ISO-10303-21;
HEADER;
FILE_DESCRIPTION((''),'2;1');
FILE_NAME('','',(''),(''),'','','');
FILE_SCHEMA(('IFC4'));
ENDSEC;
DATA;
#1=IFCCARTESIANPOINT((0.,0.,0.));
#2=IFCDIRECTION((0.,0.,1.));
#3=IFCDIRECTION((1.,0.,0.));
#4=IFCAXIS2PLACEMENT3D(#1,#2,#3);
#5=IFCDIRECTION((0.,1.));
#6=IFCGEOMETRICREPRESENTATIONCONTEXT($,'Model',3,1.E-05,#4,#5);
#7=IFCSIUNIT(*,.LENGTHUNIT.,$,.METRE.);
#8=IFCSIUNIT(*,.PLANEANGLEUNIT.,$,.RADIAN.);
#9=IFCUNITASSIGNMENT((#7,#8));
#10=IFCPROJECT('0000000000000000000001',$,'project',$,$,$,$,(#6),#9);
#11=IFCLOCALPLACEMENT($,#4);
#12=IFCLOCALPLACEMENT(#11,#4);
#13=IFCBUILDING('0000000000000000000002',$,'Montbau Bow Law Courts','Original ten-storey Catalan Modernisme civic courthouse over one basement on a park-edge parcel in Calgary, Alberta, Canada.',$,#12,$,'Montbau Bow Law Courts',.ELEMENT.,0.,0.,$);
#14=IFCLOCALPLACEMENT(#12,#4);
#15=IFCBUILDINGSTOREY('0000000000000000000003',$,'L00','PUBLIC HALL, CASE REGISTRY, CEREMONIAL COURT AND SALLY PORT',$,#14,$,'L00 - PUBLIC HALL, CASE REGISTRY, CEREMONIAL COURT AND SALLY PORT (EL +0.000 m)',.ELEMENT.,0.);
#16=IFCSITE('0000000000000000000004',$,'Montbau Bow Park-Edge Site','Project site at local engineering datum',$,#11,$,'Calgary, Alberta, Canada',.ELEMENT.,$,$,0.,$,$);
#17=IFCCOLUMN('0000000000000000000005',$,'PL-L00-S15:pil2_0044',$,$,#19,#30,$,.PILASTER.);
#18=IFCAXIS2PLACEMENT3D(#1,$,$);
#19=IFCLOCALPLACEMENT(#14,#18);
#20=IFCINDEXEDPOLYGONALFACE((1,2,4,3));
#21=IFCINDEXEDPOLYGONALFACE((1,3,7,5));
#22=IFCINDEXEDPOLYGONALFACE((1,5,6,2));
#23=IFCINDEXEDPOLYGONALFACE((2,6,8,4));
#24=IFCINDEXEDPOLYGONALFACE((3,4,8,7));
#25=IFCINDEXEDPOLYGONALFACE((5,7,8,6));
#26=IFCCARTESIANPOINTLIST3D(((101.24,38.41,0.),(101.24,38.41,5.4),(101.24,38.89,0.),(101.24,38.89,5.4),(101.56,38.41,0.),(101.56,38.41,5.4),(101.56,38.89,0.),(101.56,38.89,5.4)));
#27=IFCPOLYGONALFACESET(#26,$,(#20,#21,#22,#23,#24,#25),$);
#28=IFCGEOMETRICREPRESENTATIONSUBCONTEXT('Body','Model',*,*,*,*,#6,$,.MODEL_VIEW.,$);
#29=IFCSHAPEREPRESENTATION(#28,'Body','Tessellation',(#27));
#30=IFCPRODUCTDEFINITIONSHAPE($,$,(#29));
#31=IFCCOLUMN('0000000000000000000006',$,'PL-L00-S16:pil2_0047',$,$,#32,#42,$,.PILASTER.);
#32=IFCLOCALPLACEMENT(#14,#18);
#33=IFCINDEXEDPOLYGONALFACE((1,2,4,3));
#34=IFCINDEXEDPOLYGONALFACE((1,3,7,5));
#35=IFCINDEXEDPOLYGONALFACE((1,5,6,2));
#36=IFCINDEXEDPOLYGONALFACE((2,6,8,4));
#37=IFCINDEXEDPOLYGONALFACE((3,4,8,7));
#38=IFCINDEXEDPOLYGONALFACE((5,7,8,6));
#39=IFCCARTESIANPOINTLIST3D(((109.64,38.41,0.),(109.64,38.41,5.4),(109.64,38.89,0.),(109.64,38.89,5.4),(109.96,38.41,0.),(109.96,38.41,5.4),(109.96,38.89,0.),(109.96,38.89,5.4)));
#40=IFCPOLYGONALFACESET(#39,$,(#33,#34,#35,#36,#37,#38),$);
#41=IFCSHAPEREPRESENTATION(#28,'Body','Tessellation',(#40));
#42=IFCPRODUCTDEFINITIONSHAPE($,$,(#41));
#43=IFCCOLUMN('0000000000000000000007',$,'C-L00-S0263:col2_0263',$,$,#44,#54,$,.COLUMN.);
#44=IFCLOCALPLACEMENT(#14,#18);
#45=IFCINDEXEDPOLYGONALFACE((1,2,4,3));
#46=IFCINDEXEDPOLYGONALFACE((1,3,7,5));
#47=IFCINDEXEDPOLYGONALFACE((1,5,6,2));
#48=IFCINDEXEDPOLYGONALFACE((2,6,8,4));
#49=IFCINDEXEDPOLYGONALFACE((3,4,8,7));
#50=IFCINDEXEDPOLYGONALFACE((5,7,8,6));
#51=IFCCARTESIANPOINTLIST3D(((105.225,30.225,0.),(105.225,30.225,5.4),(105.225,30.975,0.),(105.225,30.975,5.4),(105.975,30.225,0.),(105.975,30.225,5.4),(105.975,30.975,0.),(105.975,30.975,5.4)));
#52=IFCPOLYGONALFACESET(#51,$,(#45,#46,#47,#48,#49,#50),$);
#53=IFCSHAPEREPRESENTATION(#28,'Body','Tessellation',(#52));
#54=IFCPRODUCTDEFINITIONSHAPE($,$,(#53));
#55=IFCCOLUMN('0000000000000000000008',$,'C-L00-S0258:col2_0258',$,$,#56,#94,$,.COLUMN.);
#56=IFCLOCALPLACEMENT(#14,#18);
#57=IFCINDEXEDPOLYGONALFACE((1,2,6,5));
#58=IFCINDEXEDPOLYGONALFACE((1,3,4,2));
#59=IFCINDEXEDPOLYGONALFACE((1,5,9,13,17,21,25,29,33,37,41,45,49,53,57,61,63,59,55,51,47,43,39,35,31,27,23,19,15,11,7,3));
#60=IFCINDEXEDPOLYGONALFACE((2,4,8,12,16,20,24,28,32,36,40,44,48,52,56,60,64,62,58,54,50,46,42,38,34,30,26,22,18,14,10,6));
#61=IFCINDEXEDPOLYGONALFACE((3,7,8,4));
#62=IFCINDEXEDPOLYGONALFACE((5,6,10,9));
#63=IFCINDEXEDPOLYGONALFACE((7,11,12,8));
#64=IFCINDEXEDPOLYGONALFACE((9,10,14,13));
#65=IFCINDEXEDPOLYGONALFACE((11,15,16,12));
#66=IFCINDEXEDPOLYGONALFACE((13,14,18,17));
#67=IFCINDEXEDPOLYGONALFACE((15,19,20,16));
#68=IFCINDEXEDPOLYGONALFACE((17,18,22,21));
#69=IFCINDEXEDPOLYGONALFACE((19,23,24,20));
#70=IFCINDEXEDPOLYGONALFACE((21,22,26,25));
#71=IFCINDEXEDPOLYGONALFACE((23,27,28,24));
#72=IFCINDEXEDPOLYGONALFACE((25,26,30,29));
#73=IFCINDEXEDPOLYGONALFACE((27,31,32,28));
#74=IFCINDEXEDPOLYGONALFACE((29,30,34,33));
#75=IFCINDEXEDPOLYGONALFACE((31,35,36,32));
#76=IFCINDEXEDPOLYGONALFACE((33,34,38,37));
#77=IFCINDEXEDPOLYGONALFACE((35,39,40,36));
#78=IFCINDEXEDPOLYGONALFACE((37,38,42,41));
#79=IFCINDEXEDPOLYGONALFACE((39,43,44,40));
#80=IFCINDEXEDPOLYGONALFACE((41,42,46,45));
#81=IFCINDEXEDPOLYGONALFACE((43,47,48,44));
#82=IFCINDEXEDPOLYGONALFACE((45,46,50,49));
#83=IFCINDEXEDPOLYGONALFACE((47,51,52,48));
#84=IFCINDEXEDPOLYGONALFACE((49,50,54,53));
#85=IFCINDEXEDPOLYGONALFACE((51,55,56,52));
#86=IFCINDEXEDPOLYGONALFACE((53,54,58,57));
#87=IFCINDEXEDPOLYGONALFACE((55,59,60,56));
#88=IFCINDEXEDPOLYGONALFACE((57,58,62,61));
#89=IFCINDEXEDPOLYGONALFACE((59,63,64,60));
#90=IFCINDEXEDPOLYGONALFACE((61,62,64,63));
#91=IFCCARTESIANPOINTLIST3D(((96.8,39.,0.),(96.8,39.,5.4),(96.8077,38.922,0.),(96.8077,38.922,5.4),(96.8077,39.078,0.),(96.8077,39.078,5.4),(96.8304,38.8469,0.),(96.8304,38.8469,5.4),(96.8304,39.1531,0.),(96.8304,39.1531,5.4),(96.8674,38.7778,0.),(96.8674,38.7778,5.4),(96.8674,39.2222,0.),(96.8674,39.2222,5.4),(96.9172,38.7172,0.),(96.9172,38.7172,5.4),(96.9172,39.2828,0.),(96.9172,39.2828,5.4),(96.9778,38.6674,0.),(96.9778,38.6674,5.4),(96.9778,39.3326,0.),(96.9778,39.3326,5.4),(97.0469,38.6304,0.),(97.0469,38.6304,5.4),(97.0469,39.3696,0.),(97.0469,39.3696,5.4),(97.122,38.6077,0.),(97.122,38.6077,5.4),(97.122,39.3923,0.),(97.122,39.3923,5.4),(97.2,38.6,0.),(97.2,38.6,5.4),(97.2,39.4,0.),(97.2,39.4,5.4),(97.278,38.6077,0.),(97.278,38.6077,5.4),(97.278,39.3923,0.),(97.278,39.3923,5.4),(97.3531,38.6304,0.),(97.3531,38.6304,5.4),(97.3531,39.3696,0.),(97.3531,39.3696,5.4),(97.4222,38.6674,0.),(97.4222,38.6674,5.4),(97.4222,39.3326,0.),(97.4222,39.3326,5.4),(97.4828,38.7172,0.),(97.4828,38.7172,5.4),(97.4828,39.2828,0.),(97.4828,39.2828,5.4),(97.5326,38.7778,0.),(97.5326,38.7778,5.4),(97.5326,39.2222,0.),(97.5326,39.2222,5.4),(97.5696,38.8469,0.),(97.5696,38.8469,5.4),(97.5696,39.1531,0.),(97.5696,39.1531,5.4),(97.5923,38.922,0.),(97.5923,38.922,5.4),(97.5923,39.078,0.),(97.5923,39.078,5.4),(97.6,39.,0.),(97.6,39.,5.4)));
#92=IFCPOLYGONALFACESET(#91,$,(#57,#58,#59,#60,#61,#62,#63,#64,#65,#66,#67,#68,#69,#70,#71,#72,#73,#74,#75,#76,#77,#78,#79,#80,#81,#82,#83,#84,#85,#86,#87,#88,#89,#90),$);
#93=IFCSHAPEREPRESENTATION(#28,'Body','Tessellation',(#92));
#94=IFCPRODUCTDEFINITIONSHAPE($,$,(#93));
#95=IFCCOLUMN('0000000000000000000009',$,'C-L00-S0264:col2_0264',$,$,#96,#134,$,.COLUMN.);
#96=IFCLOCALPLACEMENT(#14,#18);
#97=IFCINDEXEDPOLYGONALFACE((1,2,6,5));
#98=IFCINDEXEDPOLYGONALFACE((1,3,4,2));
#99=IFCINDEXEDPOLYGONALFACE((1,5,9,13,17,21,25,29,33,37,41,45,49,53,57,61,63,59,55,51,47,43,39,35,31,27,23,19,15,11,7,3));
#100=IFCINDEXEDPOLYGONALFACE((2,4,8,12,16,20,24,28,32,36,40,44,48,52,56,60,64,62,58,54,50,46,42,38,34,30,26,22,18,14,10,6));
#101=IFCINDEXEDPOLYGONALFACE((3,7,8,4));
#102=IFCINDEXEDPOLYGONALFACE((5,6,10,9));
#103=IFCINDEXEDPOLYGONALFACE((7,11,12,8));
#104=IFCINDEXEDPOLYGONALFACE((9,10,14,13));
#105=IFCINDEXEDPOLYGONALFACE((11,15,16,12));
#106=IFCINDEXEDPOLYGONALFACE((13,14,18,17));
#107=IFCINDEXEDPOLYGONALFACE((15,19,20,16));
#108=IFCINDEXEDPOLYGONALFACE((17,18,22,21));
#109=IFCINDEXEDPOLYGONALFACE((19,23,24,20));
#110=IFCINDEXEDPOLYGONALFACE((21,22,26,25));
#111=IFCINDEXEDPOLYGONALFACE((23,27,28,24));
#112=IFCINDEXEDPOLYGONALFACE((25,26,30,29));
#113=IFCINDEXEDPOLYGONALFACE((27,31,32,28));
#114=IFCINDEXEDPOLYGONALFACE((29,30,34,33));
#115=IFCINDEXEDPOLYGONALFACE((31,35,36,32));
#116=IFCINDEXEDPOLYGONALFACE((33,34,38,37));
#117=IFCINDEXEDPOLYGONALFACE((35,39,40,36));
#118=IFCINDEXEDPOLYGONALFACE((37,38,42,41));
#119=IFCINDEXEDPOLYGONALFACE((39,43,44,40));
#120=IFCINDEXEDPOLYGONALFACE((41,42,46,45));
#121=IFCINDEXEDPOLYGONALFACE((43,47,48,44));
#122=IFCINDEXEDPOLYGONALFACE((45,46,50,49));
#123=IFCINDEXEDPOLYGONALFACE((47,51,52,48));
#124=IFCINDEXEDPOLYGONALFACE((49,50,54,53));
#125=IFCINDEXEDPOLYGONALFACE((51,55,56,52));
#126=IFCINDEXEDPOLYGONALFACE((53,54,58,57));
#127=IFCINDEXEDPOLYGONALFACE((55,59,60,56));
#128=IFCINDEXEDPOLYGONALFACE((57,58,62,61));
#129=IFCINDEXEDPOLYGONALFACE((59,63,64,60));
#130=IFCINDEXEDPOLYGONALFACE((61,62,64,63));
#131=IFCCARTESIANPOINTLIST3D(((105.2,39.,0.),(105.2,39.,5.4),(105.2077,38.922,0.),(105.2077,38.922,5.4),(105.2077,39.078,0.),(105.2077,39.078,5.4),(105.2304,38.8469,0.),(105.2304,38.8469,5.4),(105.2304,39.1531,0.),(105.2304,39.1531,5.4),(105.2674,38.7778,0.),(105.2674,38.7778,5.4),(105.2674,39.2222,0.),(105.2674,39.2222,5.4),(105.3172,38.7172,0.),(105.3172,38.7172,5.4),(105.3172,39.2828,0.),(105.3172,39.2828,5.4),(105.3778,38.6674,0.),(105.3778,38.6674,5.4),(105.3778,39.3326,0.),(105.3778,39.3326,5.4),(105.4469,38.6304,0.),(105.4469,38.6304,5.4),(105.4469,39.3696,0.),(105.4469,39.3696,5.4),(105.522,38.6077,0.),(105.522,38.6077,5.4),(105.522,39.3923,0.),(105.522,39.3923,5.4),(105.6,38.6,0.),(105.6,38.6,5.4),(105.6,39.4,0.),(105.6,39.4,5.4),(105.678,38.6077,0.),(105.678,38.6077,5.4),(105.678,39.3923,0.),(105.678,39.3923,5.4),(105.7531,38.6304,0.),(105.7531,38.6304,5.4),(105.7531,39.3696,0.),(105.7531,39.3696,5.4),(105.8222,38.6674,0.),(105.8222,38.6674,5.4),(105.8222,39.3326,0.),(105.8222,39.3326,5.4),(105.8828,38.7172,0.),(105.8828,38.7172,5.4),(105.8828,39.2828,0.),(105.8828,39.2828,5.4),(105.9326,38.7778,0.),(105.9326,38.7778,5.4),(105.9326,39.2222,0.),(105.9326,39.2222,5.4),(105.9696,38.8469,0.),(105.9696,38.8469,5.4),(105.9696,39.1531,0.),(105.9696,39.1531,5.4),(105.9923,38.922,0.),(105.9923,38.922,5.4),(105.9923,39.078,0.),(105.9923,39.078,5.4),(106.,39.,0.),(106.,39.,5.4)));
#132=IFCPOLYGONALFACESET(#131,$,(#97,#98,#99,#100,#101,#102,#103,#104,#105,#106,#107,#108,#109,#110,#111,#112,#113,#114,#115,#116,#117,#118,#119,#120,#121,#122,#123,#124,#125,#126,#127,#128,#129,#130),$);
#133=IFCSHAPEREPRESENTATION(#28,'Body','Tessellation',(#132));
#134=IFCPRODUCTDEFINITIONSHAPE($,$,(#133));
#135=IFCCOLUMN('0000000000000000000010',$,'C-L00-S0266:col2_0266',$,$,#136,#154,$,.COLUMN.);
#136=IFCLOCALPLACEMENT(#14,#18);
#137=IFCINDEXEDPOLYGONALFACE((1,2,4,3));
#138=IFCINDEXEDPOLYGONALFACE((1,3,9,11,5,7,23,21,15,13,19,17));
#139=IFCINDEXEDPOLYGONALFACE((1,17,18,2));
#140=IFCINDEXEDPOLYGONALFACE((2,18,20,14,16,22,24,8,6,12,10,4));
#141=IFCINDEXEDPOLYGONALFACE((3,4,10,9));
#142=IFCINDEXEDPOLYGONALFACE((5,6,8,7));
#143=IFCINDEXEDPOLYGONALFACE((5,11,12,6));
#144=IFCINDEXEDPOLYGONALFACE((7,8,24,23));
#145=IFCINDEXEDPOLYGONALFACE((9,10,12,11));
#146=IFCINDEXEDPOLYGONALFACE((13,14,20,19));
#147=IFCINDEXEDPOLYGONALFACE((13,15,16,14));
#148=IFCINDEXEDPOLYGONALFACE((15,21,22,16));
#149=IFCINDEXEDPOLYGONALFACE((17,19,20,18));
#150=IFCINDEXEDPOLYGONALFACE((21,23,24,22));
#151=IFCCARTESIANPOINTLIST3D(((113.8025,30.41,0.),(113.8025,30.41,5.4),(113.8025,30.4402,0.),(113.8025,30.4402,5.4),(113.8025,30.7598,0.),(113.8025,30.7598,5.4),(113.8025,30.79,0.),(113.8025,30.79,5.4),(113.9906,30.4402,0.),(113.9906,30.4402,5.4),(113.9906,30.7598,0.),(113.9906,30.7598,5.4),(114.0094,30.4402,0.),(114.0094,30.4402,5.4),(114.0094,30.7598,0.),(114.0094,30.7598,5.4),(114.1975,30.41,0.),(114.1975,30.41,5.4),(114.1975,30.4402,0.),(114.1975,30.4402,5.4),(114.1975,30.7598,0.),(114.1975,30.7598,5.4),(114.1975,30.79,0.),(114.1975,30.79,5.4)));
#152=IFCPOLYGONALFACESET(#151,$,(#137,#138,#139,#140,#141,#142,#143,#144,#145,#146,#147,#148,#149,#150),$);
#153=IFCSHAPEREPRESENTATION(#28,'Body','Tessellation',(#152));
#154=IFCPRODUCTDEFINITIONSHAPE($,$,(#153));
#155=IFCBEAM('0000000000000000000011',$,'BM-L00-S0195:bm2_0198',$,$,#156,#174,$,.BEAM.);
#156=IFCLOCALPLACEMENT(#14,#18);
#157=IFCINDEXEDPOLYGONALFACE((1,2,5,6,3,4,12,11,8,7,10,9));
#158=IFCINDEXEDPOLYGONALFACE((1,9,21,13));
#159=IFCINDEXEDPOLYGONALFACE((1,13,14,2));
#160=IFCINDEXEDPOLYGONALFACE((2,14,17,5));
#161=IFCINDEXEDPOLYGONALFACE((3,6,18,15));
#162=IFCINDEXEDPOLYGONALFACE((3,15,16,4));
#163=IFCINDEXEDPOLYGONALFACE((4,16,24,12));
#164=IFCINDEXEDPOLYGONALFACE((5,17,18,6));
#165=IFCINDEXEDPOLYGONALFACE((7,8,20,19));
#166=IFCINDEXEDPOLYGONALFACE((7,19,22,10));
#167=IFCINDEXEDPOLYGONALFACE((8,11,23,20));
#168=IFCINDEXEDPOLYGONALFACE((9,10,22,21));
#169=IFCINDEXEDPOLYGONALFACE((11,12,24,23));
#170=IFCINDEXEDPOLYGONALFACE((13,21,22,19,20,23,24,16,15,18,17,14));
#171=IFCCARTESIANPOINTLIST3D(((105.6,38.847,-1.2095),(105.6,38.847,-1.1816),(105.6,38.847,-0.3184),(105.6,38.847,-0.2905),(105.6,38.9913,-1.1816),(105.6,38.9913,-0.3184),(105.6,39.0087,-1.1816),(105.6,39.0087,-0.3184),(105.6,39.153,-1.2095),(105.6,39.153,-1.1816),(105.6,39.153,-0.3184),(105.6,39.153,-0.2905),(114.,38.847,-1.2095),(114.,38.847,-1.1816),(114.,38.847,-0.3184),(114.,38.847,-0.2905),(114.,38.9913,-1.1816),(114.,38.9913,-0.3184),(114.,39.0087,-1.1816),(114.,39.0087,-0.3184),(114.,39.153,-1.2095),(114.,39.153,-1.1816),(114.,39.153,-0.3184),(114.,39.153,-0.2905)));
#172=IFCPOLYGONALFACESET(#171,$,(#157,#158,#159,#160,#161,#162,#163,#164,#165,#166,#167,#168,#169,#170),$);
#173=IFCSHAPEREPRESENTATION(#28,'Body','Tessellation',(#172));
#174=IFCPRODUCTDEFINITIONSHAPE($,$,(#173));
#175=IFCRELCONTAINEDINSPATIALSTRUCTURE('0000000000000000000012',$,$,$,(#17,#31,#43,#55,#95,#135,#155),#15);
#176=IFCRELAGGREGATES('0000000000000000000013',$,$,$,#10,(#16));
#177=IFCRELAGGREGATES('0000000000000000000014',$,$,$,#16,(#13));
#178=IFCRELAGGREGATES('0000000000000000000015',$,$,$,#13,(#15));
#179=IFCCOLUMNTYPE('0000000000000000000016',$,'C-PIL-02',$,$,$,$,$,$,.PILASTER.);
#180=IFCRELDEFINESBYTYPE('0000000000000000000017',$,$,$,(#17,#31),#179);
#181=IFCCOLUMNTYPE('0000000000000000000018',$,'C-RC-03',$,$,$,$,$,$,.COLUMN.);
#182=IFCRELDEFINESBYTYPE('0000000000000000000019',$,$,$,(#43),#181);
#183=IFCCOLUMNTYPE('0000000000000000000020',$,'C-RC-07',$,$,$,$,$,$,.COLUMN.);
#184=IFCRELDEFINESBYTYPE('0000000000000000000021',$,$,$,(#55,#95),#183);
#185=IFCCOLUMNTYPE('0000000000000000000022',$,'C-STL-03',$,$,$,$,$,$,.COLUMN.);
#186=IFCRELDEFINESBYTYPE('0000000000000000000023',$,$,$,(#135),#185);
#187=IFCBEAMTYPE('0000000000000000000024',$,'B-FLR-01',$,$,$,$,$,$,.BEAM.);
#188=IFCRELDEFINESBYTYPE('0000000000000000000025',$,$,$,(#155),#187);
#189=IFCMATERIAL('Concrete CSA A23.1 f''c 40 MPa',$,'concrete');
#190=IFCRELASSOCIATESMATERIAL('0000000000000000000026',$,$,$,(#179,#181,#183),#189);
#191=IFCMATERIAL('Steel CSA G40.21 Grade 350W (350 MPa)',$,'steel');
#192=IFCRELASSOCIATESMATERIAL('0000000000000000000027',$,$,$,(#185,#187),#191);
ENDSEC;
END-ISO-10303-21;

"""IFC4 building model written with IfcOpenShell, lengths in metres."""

from ifc_helpers import new_model, si_unit, direction, frame, origin_with_axes, origin_2d_with_axis, place, context, subcontext, project, spatial, rectangle, circle, i_section, extrude, material, material_profile, profile_set, type_object, element, save


model = new_model("IFC4")

# Units and contexts
model_context = context("Model", 3, precision=1e-05, world=origin_with_axes(), true_north=direction((0.0, 1.0)))
body_context = subcontext(model_context, "Body", "Model", "MODEL_VIEW")
ifc_project = project(units=[si_unit("LENGTHUNIT", "METRE"), si_unit("PLANEANGLEUNIT", "RADIAN")], contexts=[model_context])

# Site, building, storey
site_placement = place(None, origin_with_axes())
site = spatial("IfcSite", under=ifc_project, at=site_placement, Name="Montbau Bow Park-Edge Site", Description="Project site at local engineering datum", LongName="Calgary, Alberta, Canada", CompositionType="ELEMENT", RefElevation=0.0)
building_placement = place(site_placement, origin_with_axes())
building = spatial("IfcBuilding", under=site, at=building_placement, Name="Montbau Bow Law Courts", Description="Original ten-storey Catalan Modernisme civic courthouse over one basement on a park-edge parcel in Calgary, Alberta, Canada.", LongName="Montbau Bow Law Courts", CompositionType="ELEMENT", ElevationOfRefHeight=0.0, ElevationOfTerrain=0.0)
storey_placement = place(building_placement, origin_with_axes())
storey = spatial("IfcBuildingStorey", under=building, at=storey_placement, Name="L00", Description="PUBLIC HALL, CASE REGISTRY, CEREMONIAL COURT AND SALLY PORT", LongName="L00 - PUBLIC HALL, CASE REGISTRY, CEREMONIAL COURT AND SALLY PORT (EL +0.000 m)", CompositionType="ELEMENT", Elevation=0.0)

# Columns
ifc_material_1 = material(Name="Concrete CSA A23.1 f'c 40 MPa", Category="concrete")
ifc_material_profile_1 = material_profile(ifc_material_1, rectangle(XDim=0.32, YDim=0.48, at=origin_2d_with_axis()), Name="RC480X320", Category="Main", Priority=0)
ifc_profile_set_1 = profile_set([ifc_material_profile_1], Name="Concrete CSA A23.1 f'c 40 MPa")
column_type_1 = type_object("IfcColumnType", Name="C-PIL-02", PredefinedType="PILASTER", material=ifc_profile_set_1)
for number, where, z_axis, x_axis, name in (
    (1, (101.4, 38.65, 0.0), (0.0, 0.0, 1.0), (1.0, 0.0, 0.0), "PL-L00-S15:pil2_0044"),
    (2, (109.8, 38.65, 0.0), (0.0, 0.0, 1.0), (1.0, 0.0, 0.0), "PL-L00-S16:pil2_0047"),
):
    element("IfcColumn", number, at=place(None, frame(where, z_axis=z_axis, x_axis=x_axis)), inside=storey, type_object=column_type_1, Name=name, PredefinedType="PILASTER", context=body_context, shape_type="SweptSolid", body=[
        extrude(rectangle(XDim=0.32, YDim=0.48, at=origin_2d_with_axis()), origin_with_axes(), (0.0, 0.0, 1.0), 5.4),
    ])
ifc_material_profile_2 = material_profile(ifc_material_1, rectangle(XDim=0.75, YDim=0.75, at=origin_2d_with_axis()), Name="RC750X750", Category="Main", Priority=0)
ifc_profile_set_2 = profile_set([ifc_material_profile_2], Name="Concrete CSA A23.1 f'c 40 MPa")
column_type_2 = type_object("IfcColumnType", Name="C-RC-03", PredefinedType="COLUMN", material=ifc_profile_set_2)
column_1_placement = place(None, frame((105.6, 30.6, 0.0), z_axis=(0.0, 0.0, 1.0), x_axis=(1.0, 0.0, 0.0)))
element("IfcColumn", 3, at=column_1_placement, inside=storey, type_object=column_type_2, Name="C-L00-S0263:col2_0263", PredefinedType="COLUMN", context=body_context, shape_type="SweptSolid", body=[
    extrude(rectangle(XDim=0.75, YDim=0.75, at=origin_2d_with_axis()), origin_with_axes(), (0.0, 0.0, 1.0), 5.4),
])
ifc_material_profile_3 = material_profile(ifc_material_1, circle(Radius=0.4, at=origin_2d_with_axis()), Name="RC800D", Category="Main", Priority=0)
ifc_profile_set_3 = profile_set([ifc_material_profile_3], Name="Concrete CSA A23.1 f'c 40 MPa")
column_type_3 = type_object("IfcColumnType", Name="C-RC-07", PredefinedType="COLUMN", material=ifc_profile_set_3)
for number, where, z_axis, x_axis, name in (
    (4, (97.2, 39.0, 0.0), (0.0, 0.0, 1.0), (1.0, 0.0, 0.0), "C-L00-S0258:col2_0258"),
    (5, (105.6, 39.0, 0.0), (0.0, 0.0, 1.0), (1.0, 0.0, 0.0), "C-L00-S0264:col2_0264"),
):
    element("IfcColumn", number, at=place(None, frame(where, z_axis=z_axis, x_axis=x_axis)), inside=storey, type_object=column_type_3, Name=name, PredefinedType="COLUMN", context=body_context, shape_type="SweptSolid", body=[
        extrude(circle(Radius=0.4, at=origin_2d_with_axis()), origin_with_axes(), (0.0, 0.0, 1.0), 5.4),
    ])
ifc_material_2 = material(Name="Steel CSA G40.21 Grade 350W (350 MPa)", Category="steel")
ifc_material_profile_4 = material_profile(ifc_material_2, i_section(OverallWidth=0.395, OverallDepth=0.38, WebThickness=0.0189, FlangeThickness=0.0302, at=origin_2d_with_axis()), Name="W360X237", Category="Main", Priority=0)
ifc_profile_set_4 = profile_set([ifc_material_profile_4], Name="Steel CSA G40.21 Grade 350W (350 MPa)")
column_type_4 = type_object("IfcColumnType", Name="C-STL-03", PredefinedType="COLUMN", material=ifc_profile_set_4)
column_2_placement = place(None, frame((114.0, 30.6, 0.0), z_axis=(0.0, 0.0, 1.0), x_axis=(1.0, 0.0, 0.0)))
element("IfcColumn", 6, at=column_2_placement, inside=storey, type_object=column_type_4, Name="C-L00-S0266:col2_0266", PredefinedType="COLUMN", context=body_context, shape_type="SweptSolid", body=[
    extrude(i_section(OverallWidth=0.395, OverallDepth=0.38, WebThickness=0.0189, FlangeThickness=0.0302, at=origin_2d_with_axis()), origin_with_axes(), (0.0, 0.0, 1.0), 5.4),
])

# Beam
ifc_material_profile_5 = material_profile(ifc_material_2, i_section(OverallWidth=0.306, OverallDepth=0.919, WebThickness=0.0173, FlangeThickness=0.0279, at=origin_2d_with_axis()), Name="W920X253", Category="Main", Priority=0)
ifc_profile_set_5 = profile_set([ifc_material_profile_5], Name="Steel CSA G40.21 Grade 350W (350 MPa)")
beam_type_1 = type_object("IfcBeamType", Name="B-FLR-01", PredefinedType="BEAM", material=ifc_profile_set_5)
beam_1_placement = place(None, frame((105.6, 39.0, -0.75), z_axis=(1.0, 0.0, 0.0), x_axis=(0.0, 1.0, 0.0)))
element("IfcBeam", 7, at=beam_1_placement, inside=storey, type_object=beam_type_1, Name="BM-L00-S0195:bm2_0198", PredefinedType="BEAM", context=body_context, shape_type="SweptSolid", body=[
    extrude(i_section(OverallWidth=0.306, OverallDepth=0.919, WebThickness=0.0173, FlangeThickness=0.0279, at=origin_2d_with_axis()), origin_with_axes(), (0.0, 0.0, 1.0), 8.4),
])

save(model, "model.ifc")
